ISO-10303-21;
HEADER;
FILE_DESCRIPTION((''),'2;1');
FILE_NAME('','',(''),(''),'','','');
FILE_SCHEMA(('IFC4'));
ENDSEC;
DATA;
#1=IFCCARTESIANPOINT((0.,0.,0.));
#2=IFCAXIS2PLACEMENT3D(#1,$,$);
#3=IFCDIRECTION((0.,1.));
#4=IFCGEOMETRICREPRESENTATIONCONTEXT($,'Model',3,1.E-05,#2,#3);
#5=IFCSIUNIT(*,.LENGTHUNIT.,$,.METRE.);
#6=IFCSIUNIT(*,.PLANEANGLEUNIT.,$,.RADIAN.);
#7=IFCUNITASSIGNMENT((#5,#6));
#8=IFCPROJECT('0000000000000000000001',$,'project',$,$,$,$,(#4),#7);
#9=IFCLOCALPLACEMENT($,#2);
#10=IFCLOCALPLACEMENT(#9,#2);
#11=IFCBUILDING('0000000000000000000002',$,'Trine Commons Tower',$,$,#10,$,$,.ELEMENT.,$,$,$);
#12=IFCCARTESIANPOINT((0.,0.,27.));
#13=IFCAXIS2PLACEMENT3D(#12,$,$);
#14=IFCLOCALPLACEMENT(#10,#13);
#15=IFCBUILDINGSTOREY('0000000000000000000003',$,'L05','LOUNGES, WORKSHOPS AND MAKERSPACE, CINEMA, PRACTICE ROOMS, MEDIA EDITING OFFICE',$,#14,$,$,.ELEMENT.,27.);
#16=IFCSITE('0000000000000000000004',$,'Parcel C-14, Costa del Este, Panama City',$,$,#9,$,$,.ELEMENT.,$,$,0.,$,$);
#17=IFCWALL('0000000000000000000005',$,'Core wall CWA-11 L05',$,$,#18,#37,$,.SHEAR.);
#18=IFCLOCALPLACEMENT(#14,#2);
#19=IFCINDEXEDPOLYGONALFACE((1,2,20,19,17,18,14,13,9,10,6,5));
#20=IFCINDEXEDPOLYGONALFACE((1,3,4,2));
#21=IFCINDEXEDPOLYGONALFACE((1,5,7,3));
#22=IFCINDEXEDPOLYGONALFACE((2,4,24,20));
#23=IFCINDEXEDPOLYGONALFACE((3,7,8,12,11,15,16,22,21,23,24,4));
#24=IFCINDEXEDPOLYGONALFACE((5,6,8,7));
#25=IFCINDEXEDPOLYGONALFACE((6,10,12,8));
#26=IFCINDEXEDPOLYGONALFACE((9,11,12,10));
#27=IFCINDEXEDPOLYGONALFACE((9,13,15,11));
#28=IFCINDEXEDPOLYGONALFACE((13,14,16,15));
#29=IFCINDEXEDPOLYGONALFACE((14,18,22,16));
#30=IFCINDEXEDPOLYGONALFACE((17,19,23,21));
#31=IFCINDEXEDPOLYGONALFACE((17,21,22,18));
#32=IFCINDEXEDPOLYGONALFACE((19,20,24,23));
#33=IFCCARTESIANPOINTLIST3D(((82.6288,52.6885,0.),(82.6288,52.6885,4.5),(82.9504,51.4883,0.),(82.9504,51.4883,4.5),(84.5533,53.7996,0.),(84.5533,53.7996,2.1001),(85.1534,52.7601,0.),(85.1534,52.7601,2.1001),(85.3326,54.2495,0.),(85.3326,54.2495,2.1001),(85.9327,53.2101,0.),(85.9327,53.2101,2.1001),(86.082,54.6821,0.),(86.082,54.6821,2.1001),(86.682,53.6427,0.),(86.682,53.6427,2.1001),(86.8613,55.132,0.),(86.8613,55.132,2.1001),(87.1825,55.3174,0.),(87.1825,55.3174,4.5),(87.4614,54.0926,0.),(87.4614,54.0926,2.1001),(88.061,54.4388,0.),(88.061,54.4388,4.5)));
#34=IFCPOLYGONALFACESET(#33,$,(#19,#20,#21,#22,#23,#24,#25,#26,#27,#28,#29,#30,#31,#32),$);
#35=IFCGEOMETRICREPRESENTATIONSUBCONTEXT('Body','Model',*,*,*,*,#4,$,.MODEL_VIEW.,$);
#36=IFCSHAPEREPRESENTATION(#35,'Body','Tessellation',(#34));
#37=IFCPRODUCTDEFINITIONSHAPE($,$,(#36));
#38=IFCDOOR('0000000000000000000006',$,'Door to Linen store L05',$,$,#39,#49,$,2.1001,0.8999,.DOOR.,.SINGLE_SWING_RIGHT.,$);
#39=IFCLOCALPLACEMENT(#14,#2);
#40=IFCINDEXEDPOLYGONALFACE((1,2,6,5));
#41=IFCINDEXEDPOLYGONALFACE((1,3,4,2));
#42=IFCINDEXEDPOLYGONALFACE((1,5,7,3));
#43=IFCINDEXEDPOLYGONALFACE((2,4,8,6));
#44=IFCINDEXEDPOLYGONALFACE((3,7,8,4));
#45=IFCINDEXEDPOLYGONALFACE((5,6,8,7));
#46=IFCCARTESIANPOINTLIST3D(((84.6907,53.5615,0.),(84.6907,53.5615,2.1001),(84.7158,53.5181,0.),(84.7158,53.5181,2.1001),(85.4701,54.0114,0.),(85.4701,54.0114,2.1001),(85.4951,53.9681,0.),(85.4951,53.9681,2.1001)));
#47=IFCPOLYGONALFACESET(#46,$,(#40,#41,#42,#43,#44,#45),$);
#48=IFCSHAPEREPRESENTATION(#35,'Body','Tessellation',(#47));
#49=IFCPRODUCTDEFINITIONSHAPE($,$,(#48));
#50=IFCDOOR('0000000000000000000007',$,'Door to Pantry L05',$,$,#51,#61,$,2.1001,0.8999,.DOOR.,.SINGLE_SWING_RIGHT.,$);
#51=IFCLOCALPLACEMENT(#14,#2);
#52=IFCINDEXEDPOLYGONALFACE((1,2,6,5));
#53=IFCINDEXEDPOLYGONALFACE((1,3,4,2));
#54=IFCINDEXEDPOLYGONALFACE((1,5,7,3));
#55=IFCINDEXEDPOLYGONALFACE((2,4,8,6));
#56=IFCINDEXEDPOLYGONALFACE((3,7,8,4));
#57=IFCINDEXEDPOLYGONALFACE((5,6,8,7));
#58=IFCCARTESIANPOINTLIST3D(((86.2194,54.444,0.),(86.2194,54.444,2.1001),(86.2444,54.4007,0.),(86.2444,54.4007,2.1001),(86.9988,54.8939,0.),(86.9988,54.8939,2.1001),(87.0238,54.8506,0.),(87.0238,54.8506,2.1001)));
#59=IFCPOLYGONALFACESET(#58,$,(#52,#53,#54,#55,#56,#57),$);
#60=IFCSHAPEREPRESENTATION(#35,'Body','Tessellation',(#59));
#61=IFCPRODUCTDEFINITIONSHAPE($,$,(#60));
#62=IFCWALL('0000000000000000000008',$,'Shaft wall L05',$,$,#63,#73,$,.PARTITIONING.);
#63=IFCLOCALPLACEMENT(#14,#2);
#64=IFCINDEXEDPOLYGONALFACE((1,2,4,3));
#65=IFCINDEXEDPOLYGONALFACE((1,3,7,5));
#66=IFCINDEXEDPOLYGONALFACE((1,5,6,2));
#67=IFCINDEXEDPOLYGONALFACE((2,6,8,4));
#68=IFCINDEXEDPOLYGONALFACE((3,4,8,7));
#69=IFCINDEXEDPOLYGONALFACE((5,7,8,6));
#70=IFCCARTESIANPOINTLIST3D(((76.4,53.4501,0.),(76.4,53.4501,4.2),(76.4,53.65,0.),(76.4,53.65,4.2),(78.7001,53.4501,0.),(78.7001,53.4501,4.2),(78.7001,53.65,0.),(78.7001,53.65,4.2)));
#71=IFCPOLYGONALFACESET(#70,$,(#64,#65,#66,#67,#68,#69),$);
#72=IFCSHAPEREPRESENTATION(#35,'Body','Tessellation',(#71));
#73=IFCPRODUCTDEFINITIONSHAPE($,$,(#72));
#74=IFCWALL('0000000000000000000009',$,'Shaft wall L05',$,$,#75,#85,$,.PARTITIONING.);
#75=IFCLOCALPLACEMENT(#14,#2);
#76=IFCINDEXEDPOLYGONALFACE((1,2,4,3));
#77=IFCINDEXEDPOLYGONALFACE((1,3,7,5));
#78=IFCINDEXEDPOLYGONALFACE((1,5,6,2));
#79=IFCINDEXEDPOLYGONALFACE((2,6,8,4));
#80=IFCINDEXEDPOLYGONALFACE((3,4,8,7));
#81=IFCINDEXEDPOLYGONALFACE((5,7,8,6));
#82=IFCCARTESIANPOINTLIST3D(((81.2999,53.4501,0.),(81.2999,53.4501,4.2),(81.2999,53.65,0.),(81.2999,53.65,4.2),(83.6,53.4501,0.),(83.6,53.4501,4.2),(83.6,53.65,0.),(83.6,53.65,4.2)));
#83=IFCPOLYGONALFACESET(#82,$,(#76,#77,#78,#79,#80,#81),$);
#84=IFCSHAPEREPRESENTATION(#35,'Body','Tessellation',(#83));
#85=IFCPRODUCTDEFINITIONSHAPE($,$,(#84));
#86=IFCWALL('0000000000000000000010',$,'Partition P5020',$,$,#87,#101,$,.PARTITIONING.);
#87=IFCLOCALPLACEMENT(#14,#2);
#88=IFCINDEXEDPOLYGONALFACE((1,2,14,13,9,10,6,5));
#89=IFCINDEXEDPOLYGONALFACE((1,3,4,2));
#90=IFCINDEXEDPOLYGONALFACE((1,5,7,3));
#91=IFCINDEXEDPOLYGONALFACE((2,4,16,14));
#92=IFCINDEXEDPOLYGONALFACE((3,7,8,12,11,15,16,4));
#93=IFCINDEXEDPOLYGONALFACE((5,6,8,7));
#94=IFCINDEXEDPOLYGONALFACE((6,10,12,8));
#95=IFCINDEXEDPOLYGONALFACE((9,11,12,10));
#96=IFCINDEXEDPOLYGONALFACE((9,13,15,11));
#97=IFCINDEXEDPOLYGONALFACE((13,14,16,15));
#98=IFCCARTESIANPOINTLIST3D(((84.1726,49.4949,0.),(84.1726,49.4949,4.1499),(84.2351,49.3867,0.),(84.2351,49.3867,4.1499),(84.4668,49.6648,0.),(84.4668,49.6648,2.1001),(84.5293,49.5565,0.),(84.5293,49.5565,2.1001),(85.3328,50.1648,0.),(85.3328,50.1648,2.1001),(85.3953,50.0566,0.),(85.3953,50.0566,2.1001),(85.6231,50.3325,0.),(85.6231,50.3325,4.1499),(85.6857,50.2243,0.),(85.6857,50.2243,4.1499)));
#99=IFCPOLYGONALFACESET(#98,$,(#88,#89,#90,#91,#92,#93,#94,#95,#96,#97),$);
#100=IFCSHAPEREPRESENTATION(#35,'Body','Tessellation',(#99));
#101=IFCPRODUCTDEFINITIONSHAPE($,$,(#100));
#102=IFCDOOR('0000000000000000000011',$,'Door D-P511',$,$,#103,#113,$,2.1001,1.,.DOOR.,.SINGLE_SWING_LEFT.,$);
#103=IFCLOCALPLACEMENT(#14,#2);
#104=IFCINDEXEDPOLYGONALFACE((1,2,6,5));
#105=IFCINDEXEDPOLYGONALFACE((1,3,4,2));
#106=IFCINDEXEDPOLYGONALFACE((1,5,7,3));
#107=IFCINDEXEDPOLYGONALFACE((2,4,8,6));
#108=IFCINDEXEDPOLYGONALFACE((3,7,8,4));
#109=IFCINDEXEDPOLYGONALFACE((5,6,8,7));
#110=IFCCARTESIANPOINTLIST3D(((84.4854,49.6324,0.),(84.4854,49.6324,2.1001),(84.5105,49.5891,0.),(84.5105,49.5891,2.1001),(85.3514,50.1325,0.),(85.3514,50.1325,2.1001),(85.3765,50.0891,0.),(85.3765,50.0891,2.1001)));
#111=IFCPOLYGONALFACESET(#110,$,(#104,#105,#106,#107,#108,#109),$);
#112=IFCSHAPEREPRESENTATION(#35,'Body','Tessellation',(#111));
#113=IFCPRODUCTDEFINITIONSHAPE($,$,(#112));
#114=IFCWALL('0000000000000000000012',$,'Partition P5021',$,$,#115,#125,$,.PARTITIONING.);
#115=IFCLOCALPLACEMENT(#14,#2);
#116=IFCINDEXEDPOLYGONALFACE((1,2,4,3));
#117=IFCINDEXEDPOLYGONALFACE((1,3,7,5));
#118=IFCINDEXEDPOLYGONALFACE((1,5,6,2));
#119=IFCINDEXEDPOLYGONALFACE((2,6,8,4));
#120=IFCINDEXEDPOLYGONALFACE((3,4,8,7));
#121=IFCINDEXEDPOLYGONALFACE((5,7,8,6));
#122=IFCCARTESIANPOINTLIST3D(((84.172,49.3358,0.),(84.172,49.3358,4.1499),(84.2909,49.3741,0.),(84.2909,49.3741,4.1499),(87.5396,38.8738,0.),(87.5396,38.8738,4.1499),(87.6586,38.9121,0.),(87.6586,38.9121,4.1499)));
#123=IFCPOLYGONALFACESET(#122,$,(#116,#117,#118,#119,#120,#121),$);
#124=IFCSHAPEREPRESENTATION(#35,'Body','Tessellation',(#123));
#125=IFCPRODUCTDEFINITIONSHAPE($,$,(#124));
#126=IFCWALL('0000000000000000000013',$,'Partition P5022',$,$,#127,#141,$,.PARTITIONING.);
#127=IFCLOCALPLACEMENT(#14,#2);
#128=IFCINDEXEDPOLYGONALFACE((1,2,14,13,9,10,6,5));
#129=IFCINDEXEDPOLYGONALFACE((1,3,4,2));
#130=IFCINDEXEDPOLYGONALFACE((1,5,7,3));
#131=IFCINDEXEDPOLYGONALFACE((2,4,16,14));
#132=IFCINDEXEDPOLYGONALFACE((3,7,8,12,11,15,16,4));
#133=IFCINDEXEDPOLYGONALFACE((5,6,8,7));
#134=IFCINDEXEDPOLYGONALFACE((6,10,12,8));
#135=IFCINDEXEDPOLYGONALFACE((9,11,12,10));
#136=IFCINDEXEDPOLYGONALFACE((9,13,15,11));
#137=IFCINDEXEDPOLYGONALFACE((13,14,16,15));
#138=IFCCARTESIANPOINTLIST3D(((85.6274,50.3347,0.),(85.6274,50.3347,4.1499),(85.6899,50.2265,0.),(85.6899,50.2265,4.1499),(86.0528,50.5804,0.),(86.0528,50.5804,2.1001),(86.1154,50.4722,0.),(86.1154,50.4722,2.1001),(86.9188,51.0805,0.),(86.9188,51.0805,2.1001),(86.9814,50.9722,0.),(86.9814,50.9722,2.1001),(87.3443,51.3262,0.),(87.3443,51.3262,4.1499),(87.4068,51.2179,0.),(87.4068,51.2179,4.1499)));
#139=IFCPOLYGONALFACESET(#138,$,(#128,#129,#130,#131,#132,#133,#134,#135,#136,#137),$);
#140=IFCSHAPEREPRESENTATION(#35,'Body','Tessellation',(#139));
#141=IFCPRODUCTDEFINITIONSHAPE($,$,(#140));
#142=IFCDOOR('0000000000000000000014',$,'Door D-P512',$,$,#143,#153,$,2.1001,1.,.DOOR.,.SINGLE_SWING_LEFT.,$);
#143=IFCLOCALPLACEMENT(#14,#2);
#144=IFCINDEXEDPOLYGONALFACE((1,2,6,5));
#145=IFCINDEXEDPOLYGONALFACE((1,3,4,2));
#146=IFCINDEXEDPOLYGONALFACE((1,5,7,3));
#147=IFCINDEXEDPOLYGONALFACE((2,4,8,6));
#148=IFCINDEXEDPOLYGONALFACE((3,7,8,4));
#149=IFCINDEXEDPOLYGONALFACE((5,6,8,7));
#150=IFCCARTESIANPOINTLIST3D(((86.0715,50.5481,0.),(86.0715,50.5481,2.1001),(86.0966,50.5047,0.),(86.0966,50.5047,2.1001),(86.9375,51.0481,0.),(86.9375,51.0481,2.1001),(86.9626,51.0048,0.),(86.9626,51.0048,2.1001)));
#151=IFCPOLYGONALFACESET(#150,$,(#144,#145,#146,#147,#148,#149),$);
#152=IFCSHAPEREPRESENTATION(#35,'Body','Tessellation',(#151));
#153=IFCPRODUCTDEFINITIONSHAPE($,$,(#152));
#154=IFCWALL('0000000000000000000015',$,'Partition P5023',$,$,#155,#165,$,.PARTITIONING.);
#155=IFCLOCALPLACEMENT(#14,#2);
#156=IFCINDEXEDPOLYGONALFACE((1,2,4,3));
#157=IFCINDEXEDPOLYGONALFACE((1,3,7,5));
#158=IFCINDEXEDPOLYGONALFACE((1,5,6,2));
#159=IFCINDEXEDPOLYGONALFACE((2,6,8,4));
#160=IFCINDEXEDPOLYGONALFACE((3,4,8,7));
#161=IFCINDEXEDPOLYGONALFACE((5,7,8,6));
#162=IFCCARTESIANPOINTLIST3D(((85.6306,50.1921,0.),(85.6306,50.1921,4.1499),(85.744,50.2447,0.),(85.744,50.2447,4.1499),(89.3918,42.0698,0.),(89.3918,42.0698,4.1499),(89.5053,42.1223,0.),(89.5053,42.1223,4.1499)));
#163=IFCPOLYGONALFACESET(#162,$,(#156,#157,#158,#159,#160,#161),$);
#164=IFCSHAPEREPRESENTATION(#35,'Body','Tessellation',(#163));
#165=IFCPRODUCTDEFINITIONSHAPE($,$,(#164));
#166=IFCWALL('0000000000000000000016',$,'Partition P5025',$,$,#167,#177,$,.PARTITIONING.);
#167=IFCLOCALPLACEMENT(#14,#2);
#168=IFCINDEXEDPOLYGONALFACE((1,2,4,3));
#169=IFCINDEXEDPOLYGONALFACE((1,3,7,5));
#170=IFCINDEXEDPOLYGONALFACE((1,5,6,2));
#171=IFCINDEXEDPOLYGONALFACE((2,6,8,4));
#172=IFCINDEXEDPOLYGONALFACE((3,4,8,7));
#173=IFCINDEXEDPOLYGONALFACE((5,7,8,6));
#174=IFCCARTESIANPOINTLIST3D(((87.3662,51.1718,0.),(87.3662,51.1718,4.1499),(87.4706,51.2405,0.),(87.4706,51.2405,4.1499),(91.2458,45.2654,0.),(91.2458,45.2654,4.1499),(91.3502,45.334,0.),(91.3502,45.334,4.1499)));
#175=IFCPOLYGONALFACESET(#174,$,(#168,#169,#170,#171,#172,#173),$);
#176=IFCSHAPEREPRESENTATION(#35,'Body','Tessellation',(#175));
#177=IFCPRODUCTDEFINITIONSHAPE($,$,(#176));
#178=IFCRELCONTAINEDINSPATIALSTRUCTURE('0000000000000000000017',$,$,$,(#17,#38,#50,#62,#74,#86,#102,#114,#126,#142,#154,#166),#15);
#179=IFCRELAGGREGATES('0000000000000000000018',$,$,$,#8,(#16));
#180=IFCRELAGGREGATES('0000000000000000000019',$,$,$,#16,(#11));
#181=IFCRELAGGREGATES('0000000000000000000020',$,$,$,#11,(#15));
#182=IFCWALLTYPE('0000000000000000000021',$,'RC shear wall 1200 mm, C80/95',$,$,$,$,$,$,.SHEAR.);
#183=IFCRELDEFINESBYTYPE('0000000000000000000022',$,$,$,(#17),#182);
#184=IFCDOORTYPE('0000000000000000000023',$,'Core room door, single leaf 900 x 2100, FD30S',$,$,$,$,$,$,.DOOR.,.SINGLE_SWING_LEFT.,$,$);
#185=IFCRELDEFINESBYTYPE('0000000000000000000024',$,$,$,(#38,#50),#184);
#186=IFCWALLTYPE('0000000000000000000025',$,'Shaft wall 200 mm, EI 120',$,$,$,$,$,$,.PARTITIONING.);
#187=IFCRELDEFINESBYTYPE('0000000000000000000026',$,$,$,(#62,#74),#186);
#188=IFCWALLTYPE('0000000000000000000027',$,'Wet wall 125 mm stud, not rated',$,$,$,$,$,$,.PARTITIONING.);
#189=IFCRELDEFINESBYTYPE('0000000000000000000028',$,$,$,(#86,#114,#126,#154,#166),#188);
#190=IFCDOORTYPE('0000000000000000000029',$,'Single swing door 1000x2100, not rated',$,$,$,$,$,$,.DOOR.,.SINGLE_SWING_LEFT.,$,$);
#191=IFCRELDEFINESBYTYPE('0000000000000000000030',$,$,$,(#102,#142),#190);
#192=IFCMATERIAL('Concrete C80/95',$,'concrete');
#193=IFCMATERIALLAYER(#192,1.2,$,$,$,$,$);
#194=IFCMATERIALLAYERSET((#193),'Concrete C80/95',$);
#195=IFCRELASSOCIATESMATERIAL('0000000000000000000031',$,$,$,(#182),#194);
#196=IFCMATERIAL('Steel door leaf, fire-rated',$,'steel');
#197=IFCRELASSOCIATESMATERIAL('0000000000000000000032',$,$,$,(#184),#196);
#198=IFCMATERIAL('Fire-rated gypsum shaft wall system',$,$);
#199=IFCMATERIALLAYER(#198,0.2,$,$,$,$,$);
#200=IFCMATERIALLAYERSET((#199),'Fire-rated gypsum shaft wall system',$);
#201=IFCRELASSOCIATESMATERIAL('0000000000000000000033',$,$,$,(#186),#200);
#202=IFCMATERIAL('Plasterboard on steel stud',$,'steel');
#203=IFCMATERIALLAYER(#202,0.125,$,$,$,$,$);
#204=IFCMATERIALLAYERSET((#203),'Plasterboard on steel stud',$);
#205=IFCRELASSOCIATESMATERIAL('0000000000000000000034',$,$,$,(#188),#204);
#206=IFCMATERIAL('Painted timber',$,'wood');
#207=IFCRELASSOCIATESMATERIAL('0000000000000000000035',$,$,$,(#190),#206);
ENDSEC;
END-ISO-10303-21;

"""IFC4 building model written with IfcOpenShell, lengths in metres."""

from ifc_helpers import new_model, si_unit, direction, frame, frame_2d, origin, place, context, subcontext, project, spatial, polyline, rectangle, outline, extrude, material, layer, layer_set, type_object, element, fill, save


model = new_model("IFC4")

# Units and contexts
model_context = context("Model", 3, precision=1e-05, world=origin(), true_north=direction((0.0, 1.0)))
body_context = subcontext(model_context, "Body", "Model", "MODEL_VIEW")
ifc_project = project(units=[si_unit("LENGTHUNIT", "METRE"), si_unit("PLANEANGLEUNIT", "RADIAN")], contexts=[model_context])

# Site, building, storey
site_placement = place(None, origin())
site = spatial("IfcSite", under=ifc_project, at=site_placement, Name="Parcel C-14, Costa del Este, Panama City", CompositionType="ELEMENT", RefElevation=0.0)
building_placement = place(site_placement, origin())
building = spatial("IfcBuilding", under=site, at=building_placement, Name="Trine Commons Tower", CompositionType="ELEMENT")
storey_placement = place(building_placement, frame((0.0, 0.0, 27.0)))
storey = spatial("IfcBuildingStorey", under=building, at=storey_placement, Name="L05", Description="LOUNGES, WORKSHOPS AND MAKERSPACE, CINEMA, PRACTICE ROOMS, MEDIA EDITING OFFICE", CompositionType="ELEMENT", Elevation=27.0)

# Shared definitions
ifc_material_1 = material(Name="Concrete C80/95", Category="concrete")

# Shared definitions
ifc_material_2 = material(Name="Plasterboard on steel stud", Category="steel")

# Wall, openings, doors
ifc_layer_1 = layer(ifc_material_1, 1.2)
ifc_layer_set_1 = layer_set([ifc_layer_1], Name="Concrete C80/95")
wall_type_1 = type_object("IfcWallType", Name="RC shear wall 1200 mm, C80/95", PredefinedType="SHEAR", material=ifc_layer_set_1)
wall_1_placement = place(storey_placement, frame((82.6504, 52.0081, 0.0), z_axis=(0.0, 0.0, 1.0), x_axis=(0.866037, 0.499979, 0.0)))
wall_1 = element("IfcWall", 1, at=wall_1_placement, inside=storey, type_object=wall_type_1, Name="Core wall CWA-11 L05", PredefinedType="SHEAR", context=body_context, shape_type="SweptSolid", body=[
    extrude(outline(polyline([(0.0, -0.6001), (5.9011, -0.6001), (5.5796, 0.6001), (0.3215, 0.6001), (0.0, -0.6001)])), origin(), (0.0, 0.0, 1.0), 4.5),
])
opening_1_placement = place(wall_1_placement, frame((2.5437, 0.0, 0.0)))
opening_1 = element("IfcOpeningElement", 2, at=opening_1_placement, cuts=wall_1, PredefinedType="OPENING", context=body_context, shape_type="SweptSolid", body=[
    extrude(rectangle(XDim=0.8999, YDim=2.1001, at=frame_2d((0.45, 1.05))), frame((0.0, 0.6099, 0.0), z_axis=(0.0, -1.0, 0.0), x_axis=(1.0, 0.0, 0.0)), (0.0, 0.0, 1.0), 1.22),
])
opening_2_placement = place(wall_1_placement, frame((4.3088, 0.0, 0.0)))
opening_2 = element("IfcOpeningElement", 3, at=opening_2_placement, cuts=wall_1, PredefinedType="OPENING", context=body_context, shape_type="SweptSolid", body=[
    extrude(rectangle(XDim=0.8999, YDim=2.1001, at=frame_2d((0.45, 1.05))), frame((0.0, 0.6099, 0.0), z_axis=(0.0, -1.0, 0.0), x_axis=(1.0, 0.0, 0.0)), (0.0, 0.0, 1.0), 1.22),
])
ifc_material_3 = material(Name="Steel door leaf, fire-rated", Category="steel")
door_type_1 = type_object("IfcDoorType", Name="Core room door, single leaf 900 x 2100, FD30S", OperationType="SINGLE_SWING_LEFT", PredefinedType="DOOR", material=ifc_material_3)
door_1_placement = place(opening_1_placement, origin())
door_1 = element("IfcDoor", 4, at=door_1_placement, inside=storey, type_object=door_type_1, Name="Door to Linen store L05", OperationType="SINGLE_SWING_RIGHT", OverallHeight=2.1001, OverallWidth=0.8999, PredefinedType="DOOR", context=body_context, shape_type="SweptSolid", body=[
    extrude(rectangle(XDim=0.8999, YDim=2.1001, at=frame_2d((0.45, 1.05))), frame((0.0, 0.3252, 0.0), z_axis=(0.0, -1.0, 0.0), x_axis=(1.0, 0.0, 0.0)), (0.0, 0.0, 1.0), 0.05),
])
fill(opening_1, door_1)
door_2_placement = place(opening_2_placement, origin())
door_2 = element("IfcDoor", 5, at=door_2_placement, inside=storey, type_object=door_type_1, Name="Door to Pantry L05", OperationType="SINGLE_SWING_RIGHT", OverallHeight=2.1001, OverallWidth=0.8999, PredefinedType="DOOR", context=body_context, shape_type="SweptSolid", body=[
    extrude(rectangle(XDim=0.8999, YDim=2.1001, at=frame_2d((0.45, 1.05))), frame((0.0, 0.3252, 0.0), z_axis=(0.0, -1.0, 0.0), x_axis=(1.0, 0.0, 0.0)), (0.0, 0.0, 1.0), 0.05),
])
fill(opening_2, door_2)

# Walls
ifc_material_4 = material(Name="Fire-rated gypsum shaft wall system")
ifc_layer_2 = layer(ifc_material_4, 0.2)
ifc_layer_set_2 = layer_set([ifc_layer_2], Name="Fire-rated gypsum shaft wall system")
wall_type_2 = type_object("IfcWallType", Name="Shaft wall 200 mm, EI 120", PredefinedType="PARTITIONING", material=ifc_layer_set_2)
for number, where, z_axis, x_axis, name in (
    (6, (78.7, 53.55, 0.0), (0.0, 0.0, 1.0), (-1.0, 0.0, 0.0), "Shaft wall L05"),
    (7, (81.3, 53.55, 0.0), (0.0, 0.0, 1.0), (1.0, 0.0, 0.0), "Shaft wall L05"),
):
    element("IfcWall", number, at=place(storey_placement, frame(where, z_axis=z_axis, x_axis=x_axis)), inside=storey, type_object=wall_type_2, Name=name, PredefinedType="PARTITIONING", context=body_context, shape_type="SweptSolid", body=[
        extrude(rectangle(XDim=2.3, YDim=0.2, at=frame_2d((1.1499, 0.0))), origin(), (0.0, 0.0, 1.0), 4.2),
    ])

# Wall, opening, door
ifc_layer_3 = layer(ifc_material_2, 0.125)
ifc_layer_set_3 = layer_set([ifc_layer_3], Name="Plasterboard on steel stud")
wall_type_3 = type_object("IfcWallType", Name="Wet wall 125 mm stud, not rated", PredefinedType="PARTITIONING", material=ifc_layer_set_3)
wall_2_placement = place(storey_placement, frame((85.6543, 50.2783, 0.0), z_axis=(0.0, 0.0, 1.0), x_axis=(-0.866001, -0.500042, 0.0)))
wall_2 = element("IfcWall", 8, at=wall_2_placement, inside=storey, type_object=wall_type_3, Name="Partition P5020", PredefinedType="PARTITIONING", context=body_context, shape_type="SweptSolid", body=[
    extrude(rectangle(XDim=1.675, YDim=0.125, at=frame_2d((0.8374, 0.0))), origin(), (0.0, 0.0, 1.0), 4.1499),
])
opening_3_placement = place(wall_2_placement, frame((0.3352, 0.0, 0.0)))
opening_3 = element("IfcOpeningElement", 9, at=opening_3_placement, cuts=wall_2, PredefinedType="OPENING", context=body_context, shape_type="SweptSolid", body=[
    extrude(rectangle(XDim=1.0, YDim=2.1001, at=frame_2d((0.5, 1.05))), frame((0.0, 0.0725, 0.0), z_axis=(0.0, -1.0, 0.0), x_axis=(1.0, 0.0, 0.0)), (0.0, 0.0, 1.0), 0.145),
])
ifc_material_5 = material(Name="Painted timber", Category="wood")
door_type_2 = type_object("IfcDoorType", Name="Single swing door 1000x2100, not rated", OperationType="SINGLE_SWING_LEFT", PredefinedType="DOOR", material=ifc_material_5)
door_3_placement = place(opening_3_placement, origin())
door_3 = element("IfcDoor", 10, at=door_3_placement, inside=storey, type_object=door_type_2, Name="Door D-P511", OperationType="SINGLE_SWING_LEFT", OverallHeight=2.1001, OverallWidth=1.0, PredefinedType="DOOR", context=body_context, shape_type="SweptSolid", body=[
    extrude(rectangle(XDim=1.0, YDim=2.1001, at=frame_2d((0.5, 1.05))), frame((0.0, 0.0249, 0.0), z_axis=(0.0, -1.0, 0.0), x_axis=(1.0, 0.0, 0.0)), (0.0, 0.0, 1.0), 0.05),
])
fill(opening_3, door_3)

# Wall
wall_3_placement = place(storey_placement, frame((84.2314, 49.355, 0.0), z_axis=(0.0, 0.0, 1.0), x_axis=(0.306408, -0.9519, 0.0)))
element("IfcWall", 11, at=wall_3_placement, inside=storey, type_object=wall_type_3, Name="Partition P5021", PredefinedType="PARTITIONING", context=body_context, shape_type="SweptSolid", body=[
    extrude(rectangle(XDim=10.9907, YDim=0.125, at=frame_2d((5.4954, 0.0))), origin(), (0.0, 0.0, 1.0), 4.1499),
])

# Wall, opening, door
wall_4_placement = place(storey_placement, frame((87.3755, 51.272, 0.0), z_axis=(0.0, 0.0, 1.0), x_axis=(-0.865999, -0.500046, 0.0)))
wall_4 = element("IfcWall", 12, at=wall_4_placement, inside=storey, type_object=wall_type_3, Name="Partition P5022", PredefinedType="PARTITIONING", context=body_context, shape_type="SweptSolid", body=[
    extrude(rectangle(XDim=1.9827, YDim=0.125, at=frame_2d((0.9912, 0.0))), origin(), (0.0, 0.0, 1.0), 4.1499),
])
opening_4_placement = place(wall_4_placement, frame((0.4912, 0.0, 0.0)))
opening_4 = element("IfcOpeningElement", 13, at=opening_4_placement, cuts=wall_4, PredefinedType="OPENING", context=body_context, shape_type="SweptSolid", body=[
    extrude(rectangle(XDim=1.0, YDim=2.1001, at=frame_2d((0.5, 1.05))), frame((0.0, 0.0725, 0.0), z_axis=(0.0, -1.0, 0.0), x_axis=(1.0, 0.0, 0.0)), (0.0, 0.0, 1.0), 0.145),
])
door_4_placement = place(opening_4_placement, origin())
door_4 = element("IfcDoor", 14, at=door_4_placement, inside=storey, type_object=door_type_2, Name="Door D-P512", OperationType="SINGLE_SWING_LEFT", OverallHeight=2.1001, OverallWidth=1.0, PredefinedType="DOOR", context=body_context, shape_type="SweptSolid", body=[
    extrude(rectangle(XDim=1.0, YDim=2.1001, at=frame_2d((0.5, 1.05))), frame((0.0, 0.0249, 0.0), z_axis=(0.0, -1.0, 0.0), x_axis=(1.0, 0.0, 0.0)), (0.0, 0.0, 1.0), 0.05),
])
fill(opening_4, door_4)

# Walls
wall_5_placement = place(storey_placement, frame((85.6873, 50.2185, 0.0), z_axis=(0.0, 0.0, 1.0), x_axis=(0.420206, -0.907429, 0.0)))
element("IfcWall", 15, at=wall_5_placement, inside=storey, type_object=wall_type_3, Name="Partition P5023", PredefinedType="PARTITIONING", context=body_context, shape_type="SweptSolid", body=[
    extrude(rectangle(XDim=8.9509, YDim=0.125, at=frame_2d((4.4756, 0.0))), origin(), (0.0, 0.0, 1.0), 4.1499),
])
wall_6_placement = place(storey_placement, frame((87.4185, 51.2061, 0.0), z_axis=(0.0, 0.0, 1.0), x_axis=(0.549003, -0.835821, 0.0)))
element("IfcWall", 16, at=wall_6_placement, inside=storey, type_object=wall_type_3, Name="Partition P5025", PredefinedType="PARTITIONING", context=body_context, shape_type="SweptSolid", body=[
    extrude(rectangle(XDim=7.0667, YDim=0.125, at=frame_2d((3.5332, 0.0))), origin(), (0.0, 0.0, 1.0), 4.1499),
])

save(model, "model.ifc")
